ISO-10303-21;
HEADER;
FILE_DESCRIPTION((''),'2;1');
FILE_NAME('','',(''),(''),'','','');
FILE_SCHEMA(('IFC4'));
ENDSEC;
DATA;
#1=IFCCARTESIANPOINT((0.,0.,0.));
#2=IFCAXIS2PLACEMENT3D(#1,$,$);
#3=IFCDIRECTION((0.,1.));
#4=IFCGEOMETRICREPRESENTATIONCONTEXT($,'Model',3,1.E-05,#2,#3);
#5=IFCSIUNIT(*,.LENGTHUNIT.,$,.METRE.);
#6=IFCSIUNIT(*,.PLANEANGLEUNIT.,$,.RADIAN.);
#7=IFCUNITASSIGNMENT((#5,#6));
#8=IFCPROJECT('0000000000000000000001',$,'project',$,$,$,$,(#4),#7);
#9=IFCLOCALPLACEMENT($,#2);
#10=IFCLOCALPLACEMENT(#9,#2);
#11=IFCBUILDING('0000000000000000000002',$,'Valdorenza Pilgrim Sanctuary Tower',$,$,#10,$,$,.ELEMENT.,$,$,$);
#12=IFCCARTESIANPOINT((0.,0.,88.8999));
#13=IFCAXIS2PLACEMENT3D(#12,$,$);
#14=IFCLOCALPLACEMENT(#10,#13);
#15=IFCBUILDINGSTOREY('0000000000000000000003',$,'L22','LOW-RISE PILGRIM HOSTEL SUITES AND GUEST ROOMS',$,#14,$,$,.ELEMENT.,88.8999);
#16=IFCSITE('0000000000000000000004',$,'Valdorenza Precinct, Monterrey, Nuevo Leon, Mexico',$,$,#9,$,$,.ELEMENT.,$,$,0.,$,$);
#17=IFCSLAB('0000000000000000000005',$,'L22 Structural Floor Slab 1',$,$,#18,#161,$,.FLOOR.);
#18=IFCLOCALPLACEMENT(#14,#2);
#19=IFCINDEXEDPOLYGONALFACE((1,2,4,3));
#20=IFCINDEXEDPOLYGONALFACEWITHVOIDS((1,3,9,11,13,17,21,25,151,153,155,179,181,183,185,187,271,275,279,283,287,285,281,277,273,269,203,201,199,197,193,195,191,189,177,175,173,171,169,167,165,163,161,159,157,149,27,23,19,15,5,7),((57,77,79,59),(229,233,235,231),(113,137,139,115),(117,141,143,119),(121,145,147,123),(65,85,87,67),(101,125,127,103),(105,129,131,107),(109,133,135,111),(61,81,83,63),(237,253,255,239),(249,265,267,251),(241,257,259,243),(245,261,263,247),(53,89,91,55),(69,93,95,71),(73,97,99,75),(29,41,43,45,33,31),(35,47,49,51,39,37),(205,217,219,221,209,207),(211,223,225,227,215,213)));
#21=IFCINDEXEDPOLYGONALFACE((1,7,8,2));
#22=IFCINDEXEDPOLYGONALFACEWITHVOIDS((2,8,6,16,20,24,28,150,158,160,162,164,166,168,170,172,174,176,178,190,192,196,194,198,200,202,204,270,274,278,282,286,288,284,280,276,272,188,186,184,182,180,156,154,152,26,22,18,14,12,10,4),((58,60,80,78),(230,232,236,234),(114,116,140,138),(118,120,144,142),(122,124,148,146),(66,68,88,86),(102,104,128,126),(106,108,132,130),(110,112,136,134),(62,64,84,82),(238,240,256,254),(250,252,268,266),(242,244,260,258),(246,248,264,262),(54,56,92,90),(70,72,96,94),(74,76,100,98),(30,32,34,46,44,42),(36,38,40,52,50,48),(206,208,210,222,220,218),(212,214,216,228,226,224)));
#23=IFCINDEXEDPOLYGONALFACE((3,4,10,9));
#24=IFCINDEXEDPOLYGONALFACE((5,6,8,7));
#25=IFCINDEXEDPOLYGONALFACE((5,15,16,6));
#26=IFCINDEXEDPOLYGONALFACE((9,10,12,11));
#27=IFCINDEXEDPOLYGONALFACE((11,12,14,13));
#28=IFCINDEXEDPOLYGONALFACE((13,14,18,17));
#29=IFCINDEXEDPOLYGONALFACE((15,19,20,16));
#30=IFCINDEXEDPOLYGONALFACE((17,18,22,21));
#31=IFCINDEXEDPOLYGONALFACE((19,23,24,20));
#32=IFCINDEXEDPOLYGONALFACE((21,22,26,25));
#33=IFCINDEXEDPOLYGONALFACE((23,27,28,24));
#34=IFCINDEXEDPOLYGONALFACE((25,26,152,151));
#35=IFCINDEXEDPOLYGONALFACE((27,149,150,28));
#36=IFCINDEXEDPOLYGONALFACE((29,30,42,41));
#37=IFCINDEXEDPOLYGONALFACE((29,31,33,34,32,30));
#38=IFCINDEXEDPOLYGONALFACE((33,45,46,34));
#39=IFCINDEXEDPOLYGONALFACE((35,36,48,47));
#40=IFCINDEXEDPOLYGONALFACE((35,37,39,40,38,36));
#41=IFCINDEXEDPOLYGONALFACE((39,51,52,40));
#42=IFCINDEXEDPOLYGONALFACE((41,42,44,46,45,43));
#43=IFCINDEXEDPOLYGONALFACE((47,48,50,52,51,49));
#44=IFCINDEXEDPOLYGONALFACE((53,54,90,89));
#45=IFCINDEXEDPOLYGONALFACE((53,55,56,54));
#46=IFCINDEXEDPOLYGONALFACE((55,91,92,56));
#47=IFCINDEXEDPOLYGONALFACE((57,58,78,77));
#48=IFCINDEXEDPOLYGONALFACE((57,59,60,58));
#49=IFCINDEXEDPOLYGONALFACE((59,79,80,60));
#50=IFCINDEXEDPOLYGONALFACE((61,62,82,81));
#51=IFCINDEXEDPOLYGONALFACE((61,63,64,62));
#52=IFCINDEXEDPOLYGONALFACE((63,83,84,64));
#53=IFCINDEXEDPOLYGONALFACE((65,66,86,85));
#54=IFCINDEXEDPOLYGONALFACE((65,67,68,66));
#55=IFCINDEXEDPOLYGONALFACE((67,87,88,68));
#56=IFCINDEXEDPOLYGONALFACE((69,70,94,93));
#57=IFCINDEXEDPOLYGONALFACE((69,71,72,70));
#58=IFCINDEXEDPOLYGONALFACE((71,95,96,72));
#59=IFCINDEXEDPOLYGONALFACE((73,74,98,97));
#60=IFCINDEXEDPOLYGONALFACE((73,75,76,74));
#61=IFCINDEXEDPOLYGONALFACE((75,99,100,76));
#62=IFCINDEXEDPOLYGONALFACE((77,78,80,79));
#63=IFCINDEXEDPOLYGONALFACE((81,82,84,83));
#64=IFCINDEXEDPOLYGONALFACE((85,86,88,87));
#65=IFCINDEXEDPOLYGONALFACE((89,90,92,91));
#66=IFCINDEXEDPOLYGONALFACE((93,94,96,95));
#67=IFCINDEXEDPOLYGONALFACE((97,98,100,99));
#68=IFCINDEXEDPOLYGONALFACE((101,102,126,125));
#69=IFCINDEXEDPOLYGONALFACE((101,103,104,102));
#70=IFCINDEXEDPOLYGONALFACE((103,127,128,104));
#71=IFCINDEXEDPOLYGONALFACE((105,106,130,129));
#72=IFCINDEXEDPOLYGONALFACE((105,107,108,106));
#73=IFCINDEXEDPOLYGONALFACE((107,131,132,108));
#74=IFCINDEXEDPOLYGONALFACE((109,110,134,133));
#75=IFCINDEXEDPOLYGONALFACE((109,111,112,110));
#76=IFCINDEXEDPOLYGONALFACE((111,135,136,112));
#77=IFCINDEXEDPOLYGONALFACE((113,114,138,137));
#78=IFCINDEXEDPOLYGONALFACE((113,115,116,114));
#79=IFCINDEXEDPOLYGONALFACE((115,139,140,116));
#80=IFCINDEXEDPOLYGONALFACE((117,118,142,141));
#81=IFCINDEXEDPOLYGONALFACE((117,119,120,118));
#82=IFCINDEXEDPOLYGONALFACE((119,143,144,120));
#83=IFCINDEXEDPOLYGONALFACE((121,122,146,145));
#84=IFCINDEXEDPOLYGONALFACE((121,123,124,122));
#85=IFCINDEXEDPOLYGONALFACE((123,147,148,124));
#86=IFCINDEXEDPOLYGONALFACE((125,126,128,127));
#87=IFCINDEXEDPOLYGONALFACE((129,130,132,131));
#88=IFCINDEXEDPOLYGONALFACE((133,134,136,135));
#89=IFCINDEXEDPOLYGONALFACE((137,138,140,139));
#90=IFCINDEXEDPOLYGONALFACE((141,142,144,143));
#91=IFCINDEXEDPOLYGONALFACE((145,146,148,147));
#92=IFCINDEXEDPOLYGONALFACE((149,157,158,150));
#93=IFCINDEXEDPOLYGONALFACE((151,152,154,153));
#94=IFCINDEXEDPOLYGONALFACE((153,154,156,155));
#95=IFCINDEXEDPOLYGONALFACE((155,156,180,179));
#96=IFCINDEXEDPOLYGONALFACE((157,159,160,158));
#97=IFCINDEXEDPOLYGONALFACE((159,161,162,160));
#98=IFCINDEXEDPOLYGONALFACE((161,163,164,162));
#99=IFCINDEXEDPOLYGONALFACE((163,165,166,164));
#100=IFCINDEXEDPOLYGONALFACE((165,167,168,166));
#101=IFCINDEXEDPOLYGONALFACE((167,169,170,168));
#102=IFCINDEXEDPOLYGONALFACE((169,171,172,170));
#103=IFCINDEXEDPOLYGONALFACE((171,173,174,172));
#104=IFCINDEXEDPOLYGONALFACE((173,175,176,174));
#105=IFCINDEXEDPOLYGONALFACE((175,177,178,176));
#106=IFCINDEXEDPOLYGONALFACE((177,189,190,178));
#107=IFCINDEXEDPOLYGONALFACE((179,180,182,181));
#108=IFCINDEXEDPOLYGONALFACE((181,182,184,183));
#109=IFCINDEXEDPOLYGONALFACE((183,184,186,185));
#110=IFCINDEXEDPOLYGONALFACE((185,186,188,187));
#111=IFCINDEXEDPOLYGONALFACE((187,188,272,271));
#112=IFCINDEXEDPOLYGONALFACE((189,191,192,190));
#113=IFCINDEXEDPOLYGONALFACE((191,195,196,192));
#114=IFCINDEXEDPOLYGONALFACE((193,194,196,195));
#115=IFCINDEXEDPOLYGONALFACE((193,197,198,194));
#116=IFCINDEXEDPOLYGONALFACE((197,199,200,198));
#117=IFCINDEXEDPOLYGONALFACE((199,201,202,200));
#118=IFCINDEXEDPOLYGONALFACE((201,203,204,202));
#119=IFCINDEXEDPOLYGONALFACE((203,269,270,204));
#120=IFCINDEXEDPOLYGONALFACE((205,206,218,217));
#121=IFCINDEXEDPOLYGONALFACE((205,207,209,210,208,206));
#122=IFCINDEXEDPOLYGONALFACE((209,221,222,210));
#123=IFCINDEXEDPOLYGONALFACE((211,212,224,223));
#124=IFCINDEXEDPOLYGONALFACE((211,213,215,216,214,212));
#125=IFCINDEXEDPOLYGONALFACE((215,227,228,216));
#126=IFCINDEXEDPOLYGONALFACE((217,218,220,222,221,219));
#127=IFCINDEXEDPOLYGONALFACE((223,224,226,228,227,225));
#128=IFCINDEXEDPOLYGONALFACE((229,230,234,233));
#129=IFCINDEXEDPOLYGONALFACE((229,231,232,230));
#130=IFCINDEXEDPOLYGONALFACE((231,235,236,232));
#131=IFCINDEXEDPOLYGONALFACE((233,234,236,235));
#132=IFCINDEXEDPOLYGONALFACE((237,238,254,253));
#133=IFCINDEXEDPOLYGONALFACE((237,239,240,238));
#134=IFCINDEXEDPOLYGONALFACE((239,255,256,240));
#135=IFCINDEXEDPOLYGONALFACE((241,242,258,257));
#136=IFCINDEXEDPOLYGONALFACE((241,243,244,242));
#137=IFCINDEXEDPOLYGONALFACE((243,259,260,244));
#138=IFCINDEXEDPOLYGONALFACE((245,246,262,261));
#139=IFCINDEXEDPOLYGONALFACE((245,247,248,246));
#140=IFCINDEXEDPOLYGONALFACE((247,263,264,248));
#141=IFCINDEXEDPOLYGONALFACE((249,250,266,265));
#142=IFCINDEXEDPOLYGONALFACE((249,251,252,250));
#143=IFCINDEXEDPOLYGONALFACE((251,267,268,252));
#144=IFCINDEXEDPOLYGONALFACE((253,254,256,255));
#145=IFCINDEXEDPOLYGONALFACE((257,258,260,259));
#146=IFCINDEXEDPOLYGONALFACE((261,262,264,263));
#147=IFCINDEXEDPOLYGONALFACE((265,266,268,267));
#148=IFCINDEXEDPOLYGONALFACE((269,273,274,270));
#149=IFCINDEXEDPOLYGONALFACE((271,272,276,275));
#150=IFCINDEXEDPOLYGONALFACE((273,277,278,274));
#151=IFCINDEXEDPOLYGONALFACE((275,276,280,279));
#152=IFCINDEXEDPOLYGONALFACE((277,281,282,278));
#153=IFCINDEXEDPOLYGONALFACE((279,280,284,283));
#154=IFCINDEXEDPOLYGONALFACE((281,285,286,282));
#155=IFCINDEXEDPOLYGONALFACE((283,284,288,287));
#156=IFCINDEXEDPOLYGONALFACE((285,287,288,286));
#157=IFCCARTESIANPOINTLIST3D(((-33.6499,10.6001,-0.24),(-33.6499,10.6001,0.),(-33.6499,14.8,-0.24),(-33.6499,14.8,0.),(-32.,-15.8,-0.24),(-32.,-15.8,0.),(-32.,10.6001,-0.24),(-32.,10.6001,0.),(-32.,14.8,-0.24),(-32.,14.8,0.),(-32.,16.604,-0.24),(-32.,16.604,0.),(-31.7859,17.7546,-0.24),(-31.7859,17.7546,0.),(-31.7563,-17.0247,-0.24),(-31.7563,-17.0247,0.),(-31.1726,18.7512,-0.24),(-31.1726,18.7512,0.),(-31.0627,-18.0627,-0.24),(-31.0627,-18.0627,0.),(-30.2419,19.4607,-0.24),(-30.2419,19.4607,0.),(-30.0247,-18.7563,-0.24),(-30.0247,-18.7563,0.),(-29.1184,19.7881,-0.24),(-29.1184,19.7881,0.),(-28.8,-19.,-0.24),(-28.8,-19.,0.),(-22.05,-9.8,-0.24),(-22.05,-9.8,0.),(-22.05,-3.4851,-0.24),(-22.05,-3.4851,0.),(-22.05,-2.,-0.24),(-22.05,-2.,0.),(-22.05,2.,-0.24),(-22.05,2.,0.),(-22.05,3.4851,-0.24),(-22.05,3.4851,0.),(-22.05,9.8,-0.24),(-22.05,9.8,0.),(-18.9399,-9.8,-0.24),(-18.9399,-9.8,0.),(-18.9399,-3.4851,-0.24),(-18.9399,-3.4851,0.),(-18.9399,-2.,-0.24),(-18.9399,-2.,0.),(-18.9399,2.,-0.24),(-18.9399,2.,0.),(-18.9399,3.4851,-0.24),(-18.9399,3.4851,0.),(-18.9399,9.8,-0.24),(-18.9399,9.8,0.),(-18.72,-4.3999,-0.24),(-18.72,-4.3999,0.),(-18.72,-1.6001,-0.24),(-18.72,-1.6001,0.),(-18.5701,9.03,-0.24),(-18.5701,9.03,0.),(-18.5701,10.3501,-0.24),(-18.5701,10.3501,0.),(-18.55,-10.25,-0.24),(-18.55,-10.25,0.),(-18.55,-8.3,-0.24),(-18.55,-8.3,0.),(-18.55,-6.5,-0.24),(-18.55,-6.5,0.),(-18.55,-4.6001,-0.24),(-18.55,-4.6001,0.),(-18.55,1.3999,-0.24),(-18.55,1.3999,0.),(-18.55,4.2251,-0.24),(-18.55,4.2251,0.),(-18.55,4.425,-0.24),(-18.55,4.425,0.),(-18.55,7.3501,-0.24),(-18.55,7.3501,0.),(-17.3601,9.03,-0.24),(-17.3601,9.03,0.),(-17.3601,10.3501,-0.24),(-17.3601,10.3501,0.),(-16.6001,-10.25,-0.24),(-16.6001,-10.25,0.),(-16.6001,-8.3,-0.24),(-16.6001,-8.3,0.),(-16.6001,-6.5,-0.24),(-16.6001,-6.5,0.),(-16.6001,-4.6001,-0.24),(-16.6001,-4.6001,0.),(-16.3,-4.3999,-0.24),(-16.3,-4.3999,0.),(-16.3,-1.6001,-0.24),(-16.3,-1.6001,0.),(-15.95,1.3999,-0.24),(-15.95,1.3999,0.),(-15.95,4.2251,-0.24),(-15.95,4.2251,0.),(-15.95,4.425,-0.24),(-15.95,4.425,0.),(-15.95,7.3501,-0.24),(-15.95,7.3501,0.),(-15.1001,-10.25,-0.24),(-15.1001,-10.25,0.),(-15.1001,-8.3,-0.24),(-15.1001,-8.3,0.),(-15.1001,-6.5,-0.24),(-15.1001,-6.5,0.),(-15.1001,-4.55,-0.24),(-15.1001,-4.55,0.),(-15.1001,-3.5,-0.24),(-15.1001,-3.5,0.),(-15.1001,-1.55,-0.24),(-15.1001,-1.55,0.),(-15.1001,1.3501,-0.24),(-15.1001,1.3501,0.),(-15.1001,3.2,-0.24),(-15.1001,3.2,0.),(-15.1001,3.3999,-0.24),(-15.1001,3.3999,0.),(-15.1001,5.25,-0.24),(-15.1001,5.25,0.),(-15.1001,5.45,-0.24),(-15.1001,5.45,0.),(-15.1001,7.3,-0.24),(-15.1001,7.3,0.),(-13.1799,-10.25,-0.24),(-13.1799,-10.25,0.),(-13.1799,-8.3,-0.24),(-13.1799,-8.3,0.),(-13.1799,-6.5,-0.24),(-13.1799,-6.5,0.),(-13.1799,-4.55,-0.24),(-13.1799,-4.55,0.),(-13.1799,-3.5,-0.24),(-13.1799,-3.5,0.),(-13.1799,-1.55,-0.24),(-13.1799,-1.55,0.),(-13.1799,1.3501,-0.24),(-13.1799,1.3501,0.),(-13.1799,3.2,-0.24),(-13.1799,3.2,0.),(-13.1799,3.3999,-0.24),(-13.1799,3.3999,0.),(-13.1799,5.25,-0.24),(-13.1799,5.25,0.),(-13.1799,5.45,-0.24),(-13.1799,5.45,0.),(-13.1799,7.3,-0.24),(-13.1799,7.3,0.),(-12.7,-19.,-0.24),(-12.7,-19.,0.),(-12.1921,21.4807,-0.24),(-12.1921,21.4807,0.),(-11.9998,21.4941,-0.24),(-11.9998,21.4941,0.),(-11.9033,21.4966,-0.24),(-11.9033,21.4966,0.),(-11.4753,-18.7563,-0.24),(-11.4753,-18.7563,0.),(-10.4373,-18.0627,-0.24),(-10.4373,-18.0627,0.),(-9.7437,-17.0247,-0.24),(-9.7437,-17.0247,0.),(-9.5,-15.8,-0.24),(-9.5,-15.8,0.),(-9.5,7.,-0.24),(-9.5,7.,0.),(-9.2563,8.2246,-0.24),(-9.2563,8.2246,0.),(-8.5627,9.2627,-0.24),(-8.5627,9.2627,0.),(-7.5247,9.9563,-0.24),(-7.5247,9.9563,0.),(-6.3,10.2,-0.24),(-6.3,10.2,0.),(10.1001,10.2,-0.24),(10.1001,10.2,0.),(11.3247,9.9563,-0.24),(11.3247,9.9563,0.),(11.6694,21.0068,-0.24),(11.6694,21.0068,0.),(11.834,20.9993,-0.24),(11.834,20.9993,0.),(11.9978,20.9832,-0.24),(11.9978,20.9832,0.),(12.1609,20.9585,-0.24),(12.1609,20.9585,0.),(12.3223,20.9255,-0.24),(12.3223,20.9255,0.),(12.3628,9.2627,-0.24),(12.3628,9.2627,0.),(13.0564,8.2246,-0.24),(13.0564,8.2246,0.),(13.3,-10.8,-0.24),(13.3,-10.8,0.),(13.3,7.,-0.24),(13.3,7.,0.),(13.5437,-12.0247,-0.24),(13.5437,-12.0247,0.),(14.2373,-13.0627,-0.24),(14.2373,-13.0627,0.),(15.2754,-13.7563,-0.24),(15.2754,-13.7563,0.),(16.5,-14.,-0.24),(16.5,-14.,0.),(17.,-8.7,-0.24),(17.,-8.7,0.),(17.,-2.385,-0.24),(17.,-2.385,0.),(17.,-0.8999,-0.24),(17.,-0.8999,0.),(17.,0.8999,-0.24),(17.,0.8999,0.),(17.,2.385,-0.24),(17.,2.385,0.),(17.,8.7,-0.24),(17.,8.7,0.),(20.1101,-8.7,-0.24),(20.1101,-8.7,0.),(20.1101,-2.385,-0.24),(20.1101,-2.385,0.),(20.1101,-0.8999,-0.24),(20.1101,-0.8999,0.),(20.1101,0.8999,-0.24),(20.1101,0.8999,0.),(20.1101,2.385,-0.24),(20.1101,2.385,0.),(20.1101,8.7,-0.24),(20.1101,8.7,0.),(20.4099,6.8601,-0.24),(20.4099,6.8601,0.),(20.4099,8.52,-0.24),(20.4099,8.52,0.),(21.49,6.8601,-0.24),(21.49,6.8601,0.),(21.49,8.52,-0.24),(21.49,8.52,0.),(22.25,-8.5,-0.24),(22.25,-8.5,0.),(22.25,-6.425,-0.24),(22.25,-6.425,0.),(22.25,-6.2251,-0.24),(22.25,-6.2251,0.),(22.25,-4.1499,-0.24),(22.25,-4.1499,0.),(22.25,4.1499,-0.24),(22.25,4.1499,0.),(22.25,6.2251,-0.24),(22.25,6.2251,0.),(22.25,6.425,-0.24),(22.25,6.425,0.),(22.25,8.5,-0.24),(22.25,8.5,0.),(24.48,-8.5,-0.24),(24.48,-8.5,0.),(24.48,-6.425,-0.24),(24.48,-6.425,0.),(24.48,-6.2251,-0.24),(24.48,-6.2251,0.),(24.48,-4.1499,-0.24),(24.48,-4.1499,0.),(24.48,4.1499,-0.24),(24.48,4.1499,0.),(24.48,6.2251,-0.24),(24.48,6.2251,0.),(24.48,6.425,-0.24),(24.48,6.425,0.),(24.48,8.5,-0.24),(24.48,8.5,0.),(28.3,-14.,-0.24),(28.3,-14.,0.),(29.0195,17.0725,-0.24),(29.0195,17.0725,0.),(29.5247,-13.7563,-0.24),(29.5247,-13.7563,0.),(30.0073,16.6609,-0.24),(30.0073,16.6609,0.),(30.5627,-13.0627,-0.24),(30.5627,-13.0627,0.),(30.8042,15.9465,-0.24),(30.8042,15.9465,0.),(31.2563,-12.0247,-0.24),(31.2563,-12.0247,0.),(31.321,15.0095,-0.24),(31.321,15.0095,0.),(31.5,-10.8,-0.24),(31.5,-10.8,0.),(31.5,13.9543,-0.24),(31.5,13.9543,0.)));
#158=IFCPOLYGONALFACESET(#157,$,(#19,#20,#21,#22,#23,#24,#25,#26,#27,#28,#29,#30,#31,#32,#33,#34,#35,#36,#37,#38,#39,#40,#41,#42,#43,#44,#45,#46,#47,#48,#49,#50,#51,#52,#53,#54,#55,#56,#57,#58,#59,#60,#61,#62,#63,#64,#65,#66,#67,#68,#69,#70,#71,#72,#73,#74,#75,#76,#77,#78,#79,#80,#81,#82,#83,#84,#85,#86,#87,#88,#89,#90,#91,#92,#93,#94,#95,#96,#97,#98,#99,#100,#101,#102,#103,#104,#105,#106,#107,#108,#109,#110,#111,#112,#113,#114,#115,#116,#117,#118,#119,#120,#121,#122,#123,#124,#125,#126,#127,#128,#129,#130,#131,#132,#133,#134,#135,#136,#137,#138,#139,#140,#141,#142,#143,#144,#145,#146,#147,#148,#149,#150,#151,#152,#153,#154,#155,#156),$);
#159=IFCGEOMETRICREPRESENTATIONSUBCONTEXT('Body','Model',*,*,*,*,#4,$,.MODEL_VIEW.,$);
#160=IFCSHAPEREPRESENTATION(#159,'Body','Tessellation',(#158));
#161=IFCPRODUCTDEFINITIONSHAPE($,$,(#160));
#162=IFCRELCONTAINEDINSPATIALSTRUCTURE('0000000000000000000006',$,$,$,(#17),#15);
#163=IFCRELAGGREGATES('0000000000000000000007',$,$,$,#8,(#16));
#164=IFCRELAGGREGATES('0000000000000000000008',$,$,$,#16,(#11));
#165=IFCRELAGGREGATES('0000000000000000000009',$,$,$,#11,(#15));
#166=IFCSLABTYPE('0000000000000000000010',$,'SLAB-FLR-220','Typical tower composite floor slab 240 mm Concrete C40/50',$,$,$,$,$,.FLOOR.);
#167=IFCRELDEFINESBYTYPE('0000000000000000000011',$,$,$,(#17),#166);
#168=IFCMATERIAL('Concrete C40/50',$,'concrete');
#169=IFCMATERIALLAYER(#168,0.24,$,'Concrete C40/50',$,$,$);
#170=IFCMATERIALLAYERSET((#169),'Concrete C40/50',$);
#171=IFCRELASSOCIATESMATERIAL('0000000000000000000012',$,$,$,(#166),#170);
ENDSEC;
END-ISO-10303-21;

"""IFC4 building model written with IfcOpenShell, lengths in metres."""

from ifc_helpers import new_model, si_unit, direction, frame, origin, place, context, subcontext, project, spatial, polyline, outline, extrude, material, layer, layer_set, type_object, element, save


model = new_model("IFC4")

# Units and contexts
model_context = context("Model", 3, precision=1e-05, world=origin(), true_north=direction((0.0, 1.0)))
body_context = subcontext(model_context, "Body", "Model", "MODEL_VIEW")
ifc_project = project(units=[si_unit("LENGTHUNIT", "METRE"), si_unit("PLANEANGLEUNIT", "RADIAN")], contexts=[model_context])

# Site, building, storey
site_placement = place(None, origin())
site = spatial("IfcSite", under=ifc_project, at=site_placement, Name="Valdorenza Precinct, Monterrey, Nuevo Leon, Mexico", CompositionType="ELEMENT", RefElevation=0.0)
building_placement = place(site_placement, origin())
building = spatial("IfcBuilding", under=site, at=building_placement, Name="Valdorenza Pilgrim Sanctuary Tower", CompositionType="ELEMENT")
storey_placement = place(building_placement, frame((0.0, 0.0, 88.8999)))
storey = spatial("IfcBuildingStorey", under=building, at=storey_placement, Name="L22", Description="LOW-RISE PILGRIM HOSTEL SUITES AND GUEST ROOMS", CompositionType="ELEMENT", Elevation=88.8999)

# Slab
ifc_material_1 = material(Name="Concrete C40/50", Category="concrete")
ifc_layer_1 = layer(ifc_material_1, 0.24, Name="Concrete C40/50")
ifc_layer_set_1 = layer_set([ifc_layer_1], Name="Concrete C40/50")
slab_type_1 = type_object("IfcSlabType", Name="SLAB-FLR-220", Description="Typical tower composite floor slab 240 mm Concrete C40/50", PredefinedType="FLOOR", material=ifc_layer_set_1)
slab_1_placement = place(storey_placement, frame((0.0, 0.0, -0.24)))
element("IfcSlab", 1, at=slab_1_placement, inside=storey, type_object=slab_type_1, Name="L22 Structural Floor Slab 1", PredefinedType="FLOOR", context=body_context, shape_type="SweptSolid", body=[
    extrude(outline(polyline([(-31.7859, 17.7546), (-31.1726, 18.7512), (-30.2419, 19.4607), (-29.1184, 19.7881), (-12.1921, 21.4807), (-11.9998, 21.4941), (-11.9033, 21.4966), (11.6694, 21.0068), (11.834, 20.9993), (11.9978, 20.9832), (12.1609, 20.9585), (12.3223, 20.9255), (29.0195, 17.0725), (30.0073, 16.6609), (30.8042, 15.9465), (31.321, 15.0095), (31.5, 13.9543), (31.5, -10.8), (31.2563, -12.0247), (30.5627, -13.0627), (29.5247, -13.7563), (28.3, -14.0), (16.5, -14.0), (15.2754, -13.7563), (14.2373, -13.0627), (13.5437, -12.0247), (13.3, -10.8), (13.3, 7.0), (13.0564, 8.2246), (12.3628, 9.2627), (11.3247, 9.9563), (10.1001, 10.2), (-6.3, 10.2), (-7.5247, 9.9563), (-8.5627, 9.2627), (-9.2563, 8.2246), (-9.5, 7.0), (-9.5, -15.8), (-9.7437, -17.0247), (-10.4373, -18.0627), (-11.4753, -18.7563), (-12.7, -19.0), (-28.8, -19.0), (-30.0247, -18.7563), (-31.0627, -18.0627), (-31.7563, -17.0247), (-32.0, -15.8), (-32.0, 10.6001), (-33.6499, 10.6001), (-33.6499, 14.8), (-32.0, 14.8), (-32.0, 16.604), (-31.7859, 17.7546)]), holes=[polyline([(-16.6001, -10.25), (-16.6001, -8.3), (-18.55, -8.3), (-18.55, -10.25), (-16.6001, -10.25)]), polyline([(-22.05, -9.8), (-18.9399, -9.8), (-18.9399, -3.4851), (-18.9399, -2.0), (-22.05, -2.0), (-22.05, -3.4851), (-22.05, -9.8)]), polyline([(-18.55, -6.5), (-16.6001, -6.5), (-16.6001, -4.6001), (-18.55, -4.6001), (-18.55, -6.5)]), polyline([(-13.1799, -6.5), (-13.1799, -4.55), (-15.1001, -4.55), (-15.1001, -6.5), (-13.1799, -6.5)]), polyline([(-18.72, -4.3999), (-16.3, -4.3999), (-16.3, -1.6001), (-18.72, -1.6001), (-18.72, -4.3999)]), polyline([(-13.1799, -3.5), (-13.1799, -1.55), (-15.1001, -1.55), (-15.1001, -3.5), (-13.1799, -3.5)]), polyline([(-22.05, 2.0), (-18.9399, 2.0), (-18.9399, 3.4851), (-18.9399, 9.8), (-22.05, 9.8), (-22.05, 3.4851), (-22.05, 2.0)]), polyline([(-18.55, 1.3999), (-15.95, 1.3999), (-15.95, 4.2251), (-18.55, 4.2251), (-18.55, 1.3999)]), polyline([(-15.95, 4.425), (-15.95, 7.3501), (-18.55, 7.3501), (-18.55, 4.425), (-15.95, 4.425)]), polyline([(-15.1001, 5.45), (-13.1799, 5.45), (-13.1799, 7.3), (-15.1001, 7.3), (-15.1001, 5.45)]), polyline([(-17.3601, 9.03), (-17.3601, 10.3501), (-18.5701, 10.3501), (-18.5701, 9.03), (-17.3601, 9.03)]), polyline([(-15.1001, -10.25), (-13.1799, -10.25), (-13.1799, -8.3), (-15.1001, -8.3), (-15.1001, -10.25)]), polyline([(22.25, -8.5), (24.48, -8.5), (24.48, -6.425), (22.25, -6.425), (22.25, -8.5)]), polyline([(17.0, -2.385), (17.0, -8.7), (20.1101, -8.7), (20.1101, -2.385), (20.1101, -0.8999), (17.0, -0.8999), (17.0, -2.385)]), polyline([(22.25, -6.2251), (24.48, -6.2251), (24.48, -4.1499), (22.25, -4.1499), (22.25, -6.2251)]), polyline([(17.0, 0.8999), (20.1101, 0.8999), (20.1101, 2.385), (20.1101, 8.7), (17.0, 8.7), (17.0, 2.385), (17.0, 0.8999)]), polyline([(-15.1001, 1.3501), (-13.1799, 1.3501), (-13.1799, 3.2), (-15.1001, 3.2), (-15.1001, 1.3501)]), polyline([(-15.1001, 3.3999), (-13.1799, 3.3999), (-13.1799, 5.25), (-15.1001, 5.25), (-15.1001, 3.3999)]), polyline([(22.25, 4.1499), (24.48, 4.1499), (24.48, 6.2251), (22.25, 6.2251), (22.25, 4.1499)]), polyline([(22.25, 6.425), (24.48, 6.425), (24.48, 8.5), (22.25, 8.5), (22.25, 6.425)]), polyline([(20.4099, 6.8601), (21.49, 6.8601), (21.49, 8.52), (20.4099, 8.52), (20.4099, 6.8601)])]), origin(), (0.0, 0.0, 1.0), 0.24),
])

save(model, "model.ifc")
